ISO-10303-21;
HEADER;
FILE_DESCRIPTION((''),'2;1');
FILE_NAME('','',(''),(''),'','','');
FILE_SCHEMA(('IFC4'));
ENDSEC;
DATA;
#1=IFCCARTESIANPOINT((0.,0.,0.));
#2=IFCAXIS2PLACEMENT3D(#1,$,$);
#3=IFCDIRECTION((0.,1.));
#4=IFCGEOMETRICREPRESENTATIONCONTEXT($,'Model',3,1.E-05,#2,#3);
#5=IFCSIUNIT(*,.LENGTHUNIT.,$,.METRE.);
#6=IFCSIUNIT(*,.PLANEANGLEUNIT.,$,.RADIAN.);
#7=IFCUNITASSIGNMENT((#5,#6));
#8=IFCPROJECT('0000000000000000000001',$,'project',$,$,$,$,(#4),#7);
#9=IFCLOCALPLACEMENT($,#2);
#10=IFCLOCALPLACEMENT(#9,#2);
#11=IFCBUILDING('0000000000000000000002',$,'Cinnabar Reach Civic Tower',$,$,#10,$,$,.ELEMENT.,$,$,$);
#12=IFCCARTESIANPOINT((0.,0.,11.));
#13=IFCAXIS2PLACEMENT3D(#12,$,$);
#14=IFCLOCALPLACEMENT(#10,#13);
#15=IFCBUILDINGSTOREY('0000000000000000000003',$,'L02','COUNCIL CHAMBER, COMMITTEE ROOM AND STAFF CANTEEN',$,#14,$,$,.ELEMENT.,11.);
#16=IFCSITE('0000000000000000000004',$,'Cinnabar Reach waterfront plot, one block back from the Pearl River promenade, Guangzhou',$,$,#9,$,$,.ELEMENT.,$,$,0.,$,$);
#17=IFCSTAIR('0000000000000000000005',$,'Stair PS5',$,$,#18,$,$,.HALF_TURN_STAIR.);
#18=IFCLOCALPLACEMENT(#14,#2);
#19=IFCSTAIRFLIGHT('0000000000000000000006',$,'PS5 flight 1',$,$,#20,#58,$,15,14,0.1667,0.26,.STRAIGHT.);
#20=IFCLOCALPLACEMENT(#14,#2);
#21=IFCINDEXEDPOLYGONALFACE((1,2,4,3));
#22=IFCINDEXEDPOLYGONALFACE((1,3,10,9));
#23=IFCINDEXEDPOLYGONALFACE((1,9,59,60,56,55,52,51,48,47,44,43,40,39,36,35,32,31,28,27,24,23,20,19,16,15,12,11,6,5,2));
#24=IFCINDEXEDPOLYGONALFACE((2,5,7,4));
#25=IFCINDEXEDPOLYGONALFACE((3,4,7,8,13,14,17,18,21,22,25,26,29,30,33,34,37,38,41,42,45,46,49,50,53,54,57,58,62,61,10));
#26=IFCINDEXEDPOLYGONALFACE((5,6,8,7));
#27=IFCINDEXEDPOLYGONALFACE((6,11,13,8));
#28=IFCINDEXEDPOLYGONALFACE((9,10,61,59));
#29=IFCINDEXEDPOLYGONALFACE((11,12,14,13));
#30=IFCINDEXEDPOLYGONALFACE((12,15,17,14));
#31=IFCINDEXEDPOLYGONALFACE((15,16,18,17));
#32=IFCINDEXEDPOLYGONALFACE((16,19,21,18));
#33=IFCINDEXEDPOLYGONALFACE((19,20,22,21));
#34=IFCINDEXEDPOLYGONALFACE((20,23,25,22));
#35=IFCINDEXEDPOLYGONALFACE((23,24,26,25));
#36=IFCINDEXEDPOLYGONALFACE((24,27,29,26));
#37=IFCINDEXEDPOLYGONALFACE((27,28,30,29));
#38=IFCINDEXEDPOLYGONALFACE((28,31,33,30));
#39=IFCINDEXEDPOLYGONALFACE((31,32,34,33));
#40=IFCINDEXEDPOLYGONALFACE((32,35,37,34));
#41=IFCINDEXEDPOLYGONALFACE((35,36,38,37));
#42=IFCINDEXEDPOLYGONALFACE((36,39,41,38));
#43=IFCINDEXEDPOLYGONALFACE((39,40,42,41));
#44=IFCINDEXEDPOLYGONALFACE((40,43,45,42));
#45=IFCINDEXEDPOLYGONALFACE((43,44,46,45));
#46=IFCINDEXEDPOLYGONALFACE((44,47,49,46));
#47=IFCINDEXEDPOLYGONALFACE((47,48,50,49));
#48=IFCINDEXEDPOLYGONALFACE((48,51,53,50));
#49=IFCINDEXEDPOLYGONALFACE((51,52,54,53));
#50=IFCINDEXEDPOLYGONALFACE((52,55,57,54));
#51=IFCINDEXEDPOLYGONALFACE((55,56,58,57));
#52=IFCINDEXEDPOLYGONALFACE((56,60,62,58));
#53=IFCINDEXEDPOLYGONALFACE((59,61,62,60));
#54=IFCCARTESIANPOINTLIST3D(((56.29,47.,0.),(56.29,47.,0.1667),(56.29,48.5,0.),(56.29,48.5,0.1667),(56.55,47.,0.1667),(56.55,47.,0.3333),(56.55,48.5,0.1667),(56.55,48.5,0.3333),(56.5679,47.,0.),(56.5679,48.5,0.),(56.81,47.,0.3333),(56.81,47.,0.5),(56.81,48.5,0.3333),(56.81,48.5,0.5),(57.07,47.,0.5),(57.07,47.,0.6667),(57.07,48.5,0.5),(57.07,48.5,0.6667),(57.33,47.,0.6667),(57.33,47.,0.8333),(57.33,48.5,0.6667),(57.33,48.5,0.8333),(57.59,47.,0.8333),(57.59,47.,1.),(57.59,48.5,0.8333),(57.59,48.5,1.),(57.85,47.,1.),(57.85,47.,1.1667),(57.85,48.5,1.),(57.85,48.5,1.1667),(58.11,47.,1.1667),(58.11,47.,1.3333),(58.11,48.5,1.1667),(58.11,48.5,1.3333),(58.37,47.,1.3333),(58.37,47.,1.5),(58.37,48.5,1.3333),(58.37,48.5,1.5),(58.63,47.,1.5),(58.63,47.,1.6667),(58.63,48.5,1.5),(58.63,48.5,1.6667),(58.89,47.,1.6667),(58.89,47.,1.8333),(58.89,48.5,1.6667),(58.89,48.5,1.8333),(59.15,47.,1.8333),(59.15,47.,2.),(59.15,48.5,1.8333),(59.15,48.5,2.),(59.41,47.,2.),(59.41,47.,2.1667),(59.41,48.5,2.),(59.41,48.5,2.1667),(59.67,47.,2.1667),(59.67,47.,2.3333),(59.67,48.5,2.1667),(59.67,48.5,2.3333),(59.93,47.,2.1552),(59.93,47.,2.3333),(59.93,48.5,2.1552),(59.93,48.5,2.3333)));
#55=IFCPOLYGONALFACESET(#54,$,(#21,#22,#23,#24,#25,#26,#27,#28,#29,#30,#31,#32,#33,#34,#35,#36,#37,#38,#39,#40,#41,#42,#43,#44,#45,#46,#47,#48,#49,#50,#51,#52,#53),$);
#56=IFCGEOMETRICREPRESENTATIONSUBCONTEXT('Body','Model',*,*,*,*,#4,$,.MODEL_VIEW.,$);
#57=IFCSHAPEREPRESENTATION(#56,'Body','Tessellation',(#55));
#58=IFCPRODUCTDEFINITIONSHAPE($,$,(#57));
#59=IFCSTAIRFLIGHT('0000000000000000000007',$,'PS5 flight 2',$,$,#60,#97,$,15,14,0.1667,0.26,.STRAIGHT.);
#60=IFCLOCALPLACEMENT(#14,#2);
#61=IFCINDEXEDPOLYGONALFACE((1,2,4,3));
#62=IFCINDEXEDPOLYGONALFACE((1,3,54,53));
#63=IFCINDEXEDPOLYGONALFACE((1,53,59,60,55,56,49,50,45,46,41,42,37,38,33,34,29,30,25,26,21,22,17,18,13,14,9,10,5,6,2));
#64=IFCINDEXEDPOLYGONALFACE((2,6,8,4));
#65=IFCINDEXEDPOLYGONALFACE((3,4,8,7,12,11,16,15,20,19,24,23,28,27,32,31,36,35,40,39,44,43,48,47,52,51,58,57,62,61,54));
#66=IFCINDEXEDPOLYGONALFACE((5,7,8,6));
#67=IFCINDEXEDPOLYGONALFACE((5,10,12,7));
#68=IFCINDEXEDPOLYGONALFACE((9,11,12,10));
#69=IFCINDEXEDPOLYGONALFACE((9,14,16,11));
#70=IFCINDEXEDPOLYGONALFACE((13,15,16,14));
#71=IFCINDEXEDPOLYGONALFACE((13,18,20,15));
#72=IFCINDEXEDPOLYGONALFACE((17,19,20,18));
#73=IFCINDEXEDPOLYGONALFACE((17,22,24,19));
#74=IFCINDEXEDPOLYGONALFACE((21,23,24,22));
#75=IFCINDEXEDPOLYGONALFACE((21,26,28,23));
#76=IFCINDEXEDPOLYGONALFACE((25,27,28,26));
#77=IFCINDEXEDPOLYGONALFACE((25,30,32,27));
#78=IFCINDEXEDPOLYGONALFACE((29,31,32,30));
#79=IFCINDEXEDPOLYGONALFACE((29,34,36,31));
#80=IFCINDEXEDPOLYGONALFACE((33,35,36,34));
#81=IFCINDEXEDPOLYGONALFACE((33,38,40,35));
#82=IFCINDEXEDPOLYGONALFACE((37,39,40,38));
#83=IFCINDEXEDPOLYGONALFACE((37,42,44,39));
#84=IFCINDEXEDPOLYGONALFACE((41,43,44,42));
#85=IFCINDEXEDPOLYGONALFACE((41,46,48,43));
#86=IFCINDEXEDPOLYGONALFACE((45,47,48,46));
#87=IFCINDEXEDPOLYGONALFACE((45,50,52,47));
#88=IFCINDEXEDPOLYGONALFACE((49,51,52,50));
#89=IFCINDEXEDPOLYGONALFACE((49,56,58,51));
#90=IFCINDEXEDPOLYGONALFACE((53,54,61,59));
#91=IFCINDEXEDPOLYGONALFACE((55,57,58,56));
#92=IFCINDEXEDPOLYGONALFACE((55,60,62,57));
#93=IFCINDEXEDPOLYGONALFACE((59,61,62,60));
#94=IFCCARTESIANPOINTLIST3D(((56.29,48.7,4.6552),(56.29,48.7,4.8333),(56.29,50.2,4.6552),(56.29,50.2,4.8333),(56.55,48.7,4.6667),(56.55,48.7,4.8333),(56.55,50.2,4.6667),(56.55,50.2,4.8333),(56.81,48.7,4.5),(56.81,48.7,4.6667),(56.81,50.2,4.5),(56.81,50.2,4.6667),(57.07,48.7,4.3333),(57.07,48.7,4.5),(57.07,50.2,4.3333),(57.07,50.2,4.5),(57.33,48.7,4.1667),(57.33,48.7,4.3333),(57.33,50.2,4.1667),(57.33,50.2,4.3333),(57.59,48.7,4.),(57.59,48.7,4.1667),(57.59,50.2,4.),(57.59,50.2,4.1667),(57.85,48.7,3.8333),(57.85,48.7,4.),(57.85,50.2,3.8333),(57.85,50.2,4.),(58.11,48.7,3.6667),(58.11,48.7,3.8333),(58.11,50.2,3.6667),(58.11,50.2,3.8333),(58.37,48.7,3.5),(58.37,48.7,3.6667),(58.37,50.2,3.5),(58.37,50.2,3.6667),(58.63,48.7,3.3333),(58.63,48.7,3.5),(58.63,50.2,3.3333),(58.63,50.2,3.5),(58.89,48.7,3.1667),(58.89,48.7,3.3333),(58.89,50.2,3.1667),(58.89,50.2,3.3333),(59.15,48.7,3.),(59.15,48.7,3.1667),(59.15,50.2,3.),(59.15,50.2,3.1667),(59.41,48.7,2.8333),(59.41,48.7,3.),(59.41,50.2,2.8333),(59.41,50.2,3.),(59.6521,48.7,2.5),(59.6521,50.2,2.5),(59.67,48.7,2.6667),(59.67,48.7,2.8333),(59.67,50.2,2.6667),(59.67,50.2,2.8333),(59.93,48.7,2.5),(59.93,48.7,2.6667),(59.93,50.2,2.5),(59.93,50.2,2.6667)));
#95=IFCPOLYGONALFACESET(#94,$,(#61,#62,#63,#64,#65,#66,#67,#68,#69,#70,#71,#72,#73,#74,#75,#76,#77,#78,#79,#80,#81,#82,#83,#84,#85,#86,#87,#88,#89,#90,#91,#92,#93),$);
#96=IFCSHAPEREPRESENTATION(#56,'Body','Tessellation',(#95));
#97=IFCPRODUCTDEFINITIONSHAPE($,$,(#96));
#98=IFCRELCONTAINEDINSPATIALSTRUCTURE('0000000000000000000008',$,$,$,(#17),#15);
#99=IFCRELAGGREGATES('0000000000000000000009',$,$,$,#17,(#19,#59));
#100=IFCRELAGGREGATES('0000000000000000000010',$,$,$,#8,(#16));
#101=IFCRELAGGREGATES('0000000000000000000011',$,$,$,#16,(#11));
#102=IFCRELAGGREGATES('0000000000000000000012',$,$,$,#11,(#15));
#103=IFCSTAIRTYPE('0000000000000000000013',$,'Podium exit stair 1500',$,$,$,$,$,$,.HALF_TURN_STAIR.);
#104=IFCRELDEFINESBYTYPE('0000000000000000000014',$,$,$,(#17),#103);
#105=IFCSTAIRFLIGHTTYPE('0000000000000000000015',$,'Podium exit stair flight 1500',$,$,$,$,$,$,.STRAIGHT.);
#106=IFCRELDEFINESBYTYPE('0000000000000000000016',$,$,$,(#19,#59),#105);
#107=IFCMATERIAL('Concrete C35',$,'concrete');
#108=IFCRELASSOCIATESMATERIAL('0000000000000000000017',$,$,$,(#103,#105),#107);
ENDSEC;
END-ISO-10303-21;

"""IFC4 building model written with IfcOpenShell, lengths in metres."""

from ifc_helpers import new_model, si_unit, direction, frame, origin, place, context, subcontext, project, spatial, polyline, outline, extrude, material, type_object, element, aggregate, save


model = new_model("IFC4")

# Units and contexts
model_context = context("Model", 3, precision=1e-05, world=origin(), true_north=direction((0.0, 1.0)))
body_context = subcontext(model_context, "Body", "Model", "MODEL_VIEW")
ifc_project = project(units=[si_unit("LENGTHUNIT", "METRE"), si_unit("PLANEANGLEUNIT", "RADIAN")], contexts=[model_context])

# Site, building, storey
site_placement = place(None, origin())
site = spatial("IfcSite", under=ifc_project, at=site_placement, Name="Cinnabar Reach waterfront plot, one block back from the Pearl River promenade, Guangzhou", CompositionType="ELEMENT", RefElevation=0.0)
building_placement = place(site_placement, origin())
building = spatial("IfcBuilding", under=site, at=building_placement, Name="Cinnabar Reach Civic Tower", CompositionType="ELEMENT")
storey_placement = place(building_placement, frame((0.0, 0.0, 11.0)))
storey = spatial("IfcBuildingStorey", under=building, at=storey_placement, Name="L02", Description="COUNCIL CHAMBER, COMMITTEE ROOM AND STAFF CANTEEN", CompositionType="ELEMENT", Elevation=11.0)

# Stair, stair flights
ifc_material_1 = material(Name="Concrete C35", Category="concrete")
stair_type = type_object("IfcStairType", Name="Podium exit stair 1500", PredefinedType="HALF_TURN_STAIR", material=ifc_material_1)
stair_placement = place(storey_placement, origin())
stair = element("IfcStair", 1, at=stair_placement, inside=storey, type_object=stair_type, Name="Stair PS5", PredefinedType="HALF_TURN_STAIR")
stair_flight_type = type_object("IfcStairFlightType", Name="Podium exit stair flight 1500", PredefinedType="STRAIGHT", material=ifc_material_1)
stair_flight_1_placement = place(storey_placement, frame((56.29, 47.75, 0.0), z_axis=(0.0, 0.0, 1.0), x_axis=(1.0, 0.0, 0.0)))
stair_flight_1 = element("IfcStairFlight", 2, at=stair_flight_1_placement, type_object=stair_flight_type, Name="PS5 flight 1", NumberOfRisers=15, NumberOfTreads=14, PredefinedType="STRAIGHT", RiserHeight=0.1667, TreadLength=0.26, context=body_context, shape_type="SweptSolid", body=[
    extrude(outline(polyline([(0.0, 0.0), (0.0, 0.1667), (0.26, 0.1667), (0.26, 0.3333), (0.52, 0.3333), (0.52, 0.5), (0.78, 0.5), (0.78, 0.6667), (1.04, 0.6667), (1.04, 0.8333), (1.3, 0.8333), (1.3, 1.0), (1.56, 1.0), (1.56, 1.1667), (1.82, 1.1667), (1.82, 1.3333), (2.08, 1.3333), (2.08, 1.5), (2.34, 1.5), (2.34, 1.6667), (2.6, 1.6667), (2.6, 1.8333), (2.86, 1.8333), (2.86, 2.0), (3.12, 2.0), (3.12, 2.1667), (3.38, 2.1667), (3.38, 2.3333), (3.64, 2.3333), (3.64, 2.5), (3.64, 2.1552), (0.2779, 0.0), (0.0, 0.0)])), frame((0.0, 0.75, 0.0), z_axis=(0.0, -1.0, 0.0), x_axis=(1.0, 0.0, 0.0)), (0.0, 0.0, 1.0), 1.5),
])
stair_flight_2_placement = place(storey_placement, frame((59.93, 49.45, 2.5), z_axis=(0.0, 0.0, 1.0), x_axis=(-1.0, 0.0, 0.0)))
stair_flight_2 = element("IfcStairFlight", 3, at=stair_flight_2_placement, type_object=stair_flight_type, Name="PS5 flight 2", NumberOfRisers=15, NumberOfTreads=14, PredefinedType="STRAIGHT", RiserHeight=0.1667, TreadLength=0.26, context=body_context, shape_type="SweptSolid", body=[
    extrude(outline(polyline([(0.0, 0.0), (0.0, 0.1667), (0.26, 0.1667), (0.26, 0.3333), (0.52, 0.3333), (0.52, 0.5), (0.78, 0.5), (0.78, 0.6667), (1.04, 0.6667), (1.04, 0.8333), (1.3, 0.8333), (1.3, 1.0), (1.56, 1.0), (1.56, 1.1667), (1.82, 1.1667), (1.82, 1.3333), (2.08, 1.3333), (2.08, 1.5), (2.34, 1.5), (2.34, 1.6667), (2.6, 1.6667), (2.6, 1.8333), (2.86, 1.8333), (2.86, 2.0), (3.12, 2.0), (3.12, 2.1667), (3.38, 2.1667), (3.38, 2.3333), (3.64, 2.3333), (3.64, 2.5), (3.64, 2.1552), (0.2779, 0.0), (0.0, 0.0)])), frame((0.0, 0.75, 0.0), z_axis=(0.0, -1.0, 0.0), x_axis=(1.0, 0.0, 0.0)), (0.0, 0.0, 1.0), 1.5),
])
aggregate(stair, [stair_flight_1, stair_flight_2])

save(model, "model.ifc")
